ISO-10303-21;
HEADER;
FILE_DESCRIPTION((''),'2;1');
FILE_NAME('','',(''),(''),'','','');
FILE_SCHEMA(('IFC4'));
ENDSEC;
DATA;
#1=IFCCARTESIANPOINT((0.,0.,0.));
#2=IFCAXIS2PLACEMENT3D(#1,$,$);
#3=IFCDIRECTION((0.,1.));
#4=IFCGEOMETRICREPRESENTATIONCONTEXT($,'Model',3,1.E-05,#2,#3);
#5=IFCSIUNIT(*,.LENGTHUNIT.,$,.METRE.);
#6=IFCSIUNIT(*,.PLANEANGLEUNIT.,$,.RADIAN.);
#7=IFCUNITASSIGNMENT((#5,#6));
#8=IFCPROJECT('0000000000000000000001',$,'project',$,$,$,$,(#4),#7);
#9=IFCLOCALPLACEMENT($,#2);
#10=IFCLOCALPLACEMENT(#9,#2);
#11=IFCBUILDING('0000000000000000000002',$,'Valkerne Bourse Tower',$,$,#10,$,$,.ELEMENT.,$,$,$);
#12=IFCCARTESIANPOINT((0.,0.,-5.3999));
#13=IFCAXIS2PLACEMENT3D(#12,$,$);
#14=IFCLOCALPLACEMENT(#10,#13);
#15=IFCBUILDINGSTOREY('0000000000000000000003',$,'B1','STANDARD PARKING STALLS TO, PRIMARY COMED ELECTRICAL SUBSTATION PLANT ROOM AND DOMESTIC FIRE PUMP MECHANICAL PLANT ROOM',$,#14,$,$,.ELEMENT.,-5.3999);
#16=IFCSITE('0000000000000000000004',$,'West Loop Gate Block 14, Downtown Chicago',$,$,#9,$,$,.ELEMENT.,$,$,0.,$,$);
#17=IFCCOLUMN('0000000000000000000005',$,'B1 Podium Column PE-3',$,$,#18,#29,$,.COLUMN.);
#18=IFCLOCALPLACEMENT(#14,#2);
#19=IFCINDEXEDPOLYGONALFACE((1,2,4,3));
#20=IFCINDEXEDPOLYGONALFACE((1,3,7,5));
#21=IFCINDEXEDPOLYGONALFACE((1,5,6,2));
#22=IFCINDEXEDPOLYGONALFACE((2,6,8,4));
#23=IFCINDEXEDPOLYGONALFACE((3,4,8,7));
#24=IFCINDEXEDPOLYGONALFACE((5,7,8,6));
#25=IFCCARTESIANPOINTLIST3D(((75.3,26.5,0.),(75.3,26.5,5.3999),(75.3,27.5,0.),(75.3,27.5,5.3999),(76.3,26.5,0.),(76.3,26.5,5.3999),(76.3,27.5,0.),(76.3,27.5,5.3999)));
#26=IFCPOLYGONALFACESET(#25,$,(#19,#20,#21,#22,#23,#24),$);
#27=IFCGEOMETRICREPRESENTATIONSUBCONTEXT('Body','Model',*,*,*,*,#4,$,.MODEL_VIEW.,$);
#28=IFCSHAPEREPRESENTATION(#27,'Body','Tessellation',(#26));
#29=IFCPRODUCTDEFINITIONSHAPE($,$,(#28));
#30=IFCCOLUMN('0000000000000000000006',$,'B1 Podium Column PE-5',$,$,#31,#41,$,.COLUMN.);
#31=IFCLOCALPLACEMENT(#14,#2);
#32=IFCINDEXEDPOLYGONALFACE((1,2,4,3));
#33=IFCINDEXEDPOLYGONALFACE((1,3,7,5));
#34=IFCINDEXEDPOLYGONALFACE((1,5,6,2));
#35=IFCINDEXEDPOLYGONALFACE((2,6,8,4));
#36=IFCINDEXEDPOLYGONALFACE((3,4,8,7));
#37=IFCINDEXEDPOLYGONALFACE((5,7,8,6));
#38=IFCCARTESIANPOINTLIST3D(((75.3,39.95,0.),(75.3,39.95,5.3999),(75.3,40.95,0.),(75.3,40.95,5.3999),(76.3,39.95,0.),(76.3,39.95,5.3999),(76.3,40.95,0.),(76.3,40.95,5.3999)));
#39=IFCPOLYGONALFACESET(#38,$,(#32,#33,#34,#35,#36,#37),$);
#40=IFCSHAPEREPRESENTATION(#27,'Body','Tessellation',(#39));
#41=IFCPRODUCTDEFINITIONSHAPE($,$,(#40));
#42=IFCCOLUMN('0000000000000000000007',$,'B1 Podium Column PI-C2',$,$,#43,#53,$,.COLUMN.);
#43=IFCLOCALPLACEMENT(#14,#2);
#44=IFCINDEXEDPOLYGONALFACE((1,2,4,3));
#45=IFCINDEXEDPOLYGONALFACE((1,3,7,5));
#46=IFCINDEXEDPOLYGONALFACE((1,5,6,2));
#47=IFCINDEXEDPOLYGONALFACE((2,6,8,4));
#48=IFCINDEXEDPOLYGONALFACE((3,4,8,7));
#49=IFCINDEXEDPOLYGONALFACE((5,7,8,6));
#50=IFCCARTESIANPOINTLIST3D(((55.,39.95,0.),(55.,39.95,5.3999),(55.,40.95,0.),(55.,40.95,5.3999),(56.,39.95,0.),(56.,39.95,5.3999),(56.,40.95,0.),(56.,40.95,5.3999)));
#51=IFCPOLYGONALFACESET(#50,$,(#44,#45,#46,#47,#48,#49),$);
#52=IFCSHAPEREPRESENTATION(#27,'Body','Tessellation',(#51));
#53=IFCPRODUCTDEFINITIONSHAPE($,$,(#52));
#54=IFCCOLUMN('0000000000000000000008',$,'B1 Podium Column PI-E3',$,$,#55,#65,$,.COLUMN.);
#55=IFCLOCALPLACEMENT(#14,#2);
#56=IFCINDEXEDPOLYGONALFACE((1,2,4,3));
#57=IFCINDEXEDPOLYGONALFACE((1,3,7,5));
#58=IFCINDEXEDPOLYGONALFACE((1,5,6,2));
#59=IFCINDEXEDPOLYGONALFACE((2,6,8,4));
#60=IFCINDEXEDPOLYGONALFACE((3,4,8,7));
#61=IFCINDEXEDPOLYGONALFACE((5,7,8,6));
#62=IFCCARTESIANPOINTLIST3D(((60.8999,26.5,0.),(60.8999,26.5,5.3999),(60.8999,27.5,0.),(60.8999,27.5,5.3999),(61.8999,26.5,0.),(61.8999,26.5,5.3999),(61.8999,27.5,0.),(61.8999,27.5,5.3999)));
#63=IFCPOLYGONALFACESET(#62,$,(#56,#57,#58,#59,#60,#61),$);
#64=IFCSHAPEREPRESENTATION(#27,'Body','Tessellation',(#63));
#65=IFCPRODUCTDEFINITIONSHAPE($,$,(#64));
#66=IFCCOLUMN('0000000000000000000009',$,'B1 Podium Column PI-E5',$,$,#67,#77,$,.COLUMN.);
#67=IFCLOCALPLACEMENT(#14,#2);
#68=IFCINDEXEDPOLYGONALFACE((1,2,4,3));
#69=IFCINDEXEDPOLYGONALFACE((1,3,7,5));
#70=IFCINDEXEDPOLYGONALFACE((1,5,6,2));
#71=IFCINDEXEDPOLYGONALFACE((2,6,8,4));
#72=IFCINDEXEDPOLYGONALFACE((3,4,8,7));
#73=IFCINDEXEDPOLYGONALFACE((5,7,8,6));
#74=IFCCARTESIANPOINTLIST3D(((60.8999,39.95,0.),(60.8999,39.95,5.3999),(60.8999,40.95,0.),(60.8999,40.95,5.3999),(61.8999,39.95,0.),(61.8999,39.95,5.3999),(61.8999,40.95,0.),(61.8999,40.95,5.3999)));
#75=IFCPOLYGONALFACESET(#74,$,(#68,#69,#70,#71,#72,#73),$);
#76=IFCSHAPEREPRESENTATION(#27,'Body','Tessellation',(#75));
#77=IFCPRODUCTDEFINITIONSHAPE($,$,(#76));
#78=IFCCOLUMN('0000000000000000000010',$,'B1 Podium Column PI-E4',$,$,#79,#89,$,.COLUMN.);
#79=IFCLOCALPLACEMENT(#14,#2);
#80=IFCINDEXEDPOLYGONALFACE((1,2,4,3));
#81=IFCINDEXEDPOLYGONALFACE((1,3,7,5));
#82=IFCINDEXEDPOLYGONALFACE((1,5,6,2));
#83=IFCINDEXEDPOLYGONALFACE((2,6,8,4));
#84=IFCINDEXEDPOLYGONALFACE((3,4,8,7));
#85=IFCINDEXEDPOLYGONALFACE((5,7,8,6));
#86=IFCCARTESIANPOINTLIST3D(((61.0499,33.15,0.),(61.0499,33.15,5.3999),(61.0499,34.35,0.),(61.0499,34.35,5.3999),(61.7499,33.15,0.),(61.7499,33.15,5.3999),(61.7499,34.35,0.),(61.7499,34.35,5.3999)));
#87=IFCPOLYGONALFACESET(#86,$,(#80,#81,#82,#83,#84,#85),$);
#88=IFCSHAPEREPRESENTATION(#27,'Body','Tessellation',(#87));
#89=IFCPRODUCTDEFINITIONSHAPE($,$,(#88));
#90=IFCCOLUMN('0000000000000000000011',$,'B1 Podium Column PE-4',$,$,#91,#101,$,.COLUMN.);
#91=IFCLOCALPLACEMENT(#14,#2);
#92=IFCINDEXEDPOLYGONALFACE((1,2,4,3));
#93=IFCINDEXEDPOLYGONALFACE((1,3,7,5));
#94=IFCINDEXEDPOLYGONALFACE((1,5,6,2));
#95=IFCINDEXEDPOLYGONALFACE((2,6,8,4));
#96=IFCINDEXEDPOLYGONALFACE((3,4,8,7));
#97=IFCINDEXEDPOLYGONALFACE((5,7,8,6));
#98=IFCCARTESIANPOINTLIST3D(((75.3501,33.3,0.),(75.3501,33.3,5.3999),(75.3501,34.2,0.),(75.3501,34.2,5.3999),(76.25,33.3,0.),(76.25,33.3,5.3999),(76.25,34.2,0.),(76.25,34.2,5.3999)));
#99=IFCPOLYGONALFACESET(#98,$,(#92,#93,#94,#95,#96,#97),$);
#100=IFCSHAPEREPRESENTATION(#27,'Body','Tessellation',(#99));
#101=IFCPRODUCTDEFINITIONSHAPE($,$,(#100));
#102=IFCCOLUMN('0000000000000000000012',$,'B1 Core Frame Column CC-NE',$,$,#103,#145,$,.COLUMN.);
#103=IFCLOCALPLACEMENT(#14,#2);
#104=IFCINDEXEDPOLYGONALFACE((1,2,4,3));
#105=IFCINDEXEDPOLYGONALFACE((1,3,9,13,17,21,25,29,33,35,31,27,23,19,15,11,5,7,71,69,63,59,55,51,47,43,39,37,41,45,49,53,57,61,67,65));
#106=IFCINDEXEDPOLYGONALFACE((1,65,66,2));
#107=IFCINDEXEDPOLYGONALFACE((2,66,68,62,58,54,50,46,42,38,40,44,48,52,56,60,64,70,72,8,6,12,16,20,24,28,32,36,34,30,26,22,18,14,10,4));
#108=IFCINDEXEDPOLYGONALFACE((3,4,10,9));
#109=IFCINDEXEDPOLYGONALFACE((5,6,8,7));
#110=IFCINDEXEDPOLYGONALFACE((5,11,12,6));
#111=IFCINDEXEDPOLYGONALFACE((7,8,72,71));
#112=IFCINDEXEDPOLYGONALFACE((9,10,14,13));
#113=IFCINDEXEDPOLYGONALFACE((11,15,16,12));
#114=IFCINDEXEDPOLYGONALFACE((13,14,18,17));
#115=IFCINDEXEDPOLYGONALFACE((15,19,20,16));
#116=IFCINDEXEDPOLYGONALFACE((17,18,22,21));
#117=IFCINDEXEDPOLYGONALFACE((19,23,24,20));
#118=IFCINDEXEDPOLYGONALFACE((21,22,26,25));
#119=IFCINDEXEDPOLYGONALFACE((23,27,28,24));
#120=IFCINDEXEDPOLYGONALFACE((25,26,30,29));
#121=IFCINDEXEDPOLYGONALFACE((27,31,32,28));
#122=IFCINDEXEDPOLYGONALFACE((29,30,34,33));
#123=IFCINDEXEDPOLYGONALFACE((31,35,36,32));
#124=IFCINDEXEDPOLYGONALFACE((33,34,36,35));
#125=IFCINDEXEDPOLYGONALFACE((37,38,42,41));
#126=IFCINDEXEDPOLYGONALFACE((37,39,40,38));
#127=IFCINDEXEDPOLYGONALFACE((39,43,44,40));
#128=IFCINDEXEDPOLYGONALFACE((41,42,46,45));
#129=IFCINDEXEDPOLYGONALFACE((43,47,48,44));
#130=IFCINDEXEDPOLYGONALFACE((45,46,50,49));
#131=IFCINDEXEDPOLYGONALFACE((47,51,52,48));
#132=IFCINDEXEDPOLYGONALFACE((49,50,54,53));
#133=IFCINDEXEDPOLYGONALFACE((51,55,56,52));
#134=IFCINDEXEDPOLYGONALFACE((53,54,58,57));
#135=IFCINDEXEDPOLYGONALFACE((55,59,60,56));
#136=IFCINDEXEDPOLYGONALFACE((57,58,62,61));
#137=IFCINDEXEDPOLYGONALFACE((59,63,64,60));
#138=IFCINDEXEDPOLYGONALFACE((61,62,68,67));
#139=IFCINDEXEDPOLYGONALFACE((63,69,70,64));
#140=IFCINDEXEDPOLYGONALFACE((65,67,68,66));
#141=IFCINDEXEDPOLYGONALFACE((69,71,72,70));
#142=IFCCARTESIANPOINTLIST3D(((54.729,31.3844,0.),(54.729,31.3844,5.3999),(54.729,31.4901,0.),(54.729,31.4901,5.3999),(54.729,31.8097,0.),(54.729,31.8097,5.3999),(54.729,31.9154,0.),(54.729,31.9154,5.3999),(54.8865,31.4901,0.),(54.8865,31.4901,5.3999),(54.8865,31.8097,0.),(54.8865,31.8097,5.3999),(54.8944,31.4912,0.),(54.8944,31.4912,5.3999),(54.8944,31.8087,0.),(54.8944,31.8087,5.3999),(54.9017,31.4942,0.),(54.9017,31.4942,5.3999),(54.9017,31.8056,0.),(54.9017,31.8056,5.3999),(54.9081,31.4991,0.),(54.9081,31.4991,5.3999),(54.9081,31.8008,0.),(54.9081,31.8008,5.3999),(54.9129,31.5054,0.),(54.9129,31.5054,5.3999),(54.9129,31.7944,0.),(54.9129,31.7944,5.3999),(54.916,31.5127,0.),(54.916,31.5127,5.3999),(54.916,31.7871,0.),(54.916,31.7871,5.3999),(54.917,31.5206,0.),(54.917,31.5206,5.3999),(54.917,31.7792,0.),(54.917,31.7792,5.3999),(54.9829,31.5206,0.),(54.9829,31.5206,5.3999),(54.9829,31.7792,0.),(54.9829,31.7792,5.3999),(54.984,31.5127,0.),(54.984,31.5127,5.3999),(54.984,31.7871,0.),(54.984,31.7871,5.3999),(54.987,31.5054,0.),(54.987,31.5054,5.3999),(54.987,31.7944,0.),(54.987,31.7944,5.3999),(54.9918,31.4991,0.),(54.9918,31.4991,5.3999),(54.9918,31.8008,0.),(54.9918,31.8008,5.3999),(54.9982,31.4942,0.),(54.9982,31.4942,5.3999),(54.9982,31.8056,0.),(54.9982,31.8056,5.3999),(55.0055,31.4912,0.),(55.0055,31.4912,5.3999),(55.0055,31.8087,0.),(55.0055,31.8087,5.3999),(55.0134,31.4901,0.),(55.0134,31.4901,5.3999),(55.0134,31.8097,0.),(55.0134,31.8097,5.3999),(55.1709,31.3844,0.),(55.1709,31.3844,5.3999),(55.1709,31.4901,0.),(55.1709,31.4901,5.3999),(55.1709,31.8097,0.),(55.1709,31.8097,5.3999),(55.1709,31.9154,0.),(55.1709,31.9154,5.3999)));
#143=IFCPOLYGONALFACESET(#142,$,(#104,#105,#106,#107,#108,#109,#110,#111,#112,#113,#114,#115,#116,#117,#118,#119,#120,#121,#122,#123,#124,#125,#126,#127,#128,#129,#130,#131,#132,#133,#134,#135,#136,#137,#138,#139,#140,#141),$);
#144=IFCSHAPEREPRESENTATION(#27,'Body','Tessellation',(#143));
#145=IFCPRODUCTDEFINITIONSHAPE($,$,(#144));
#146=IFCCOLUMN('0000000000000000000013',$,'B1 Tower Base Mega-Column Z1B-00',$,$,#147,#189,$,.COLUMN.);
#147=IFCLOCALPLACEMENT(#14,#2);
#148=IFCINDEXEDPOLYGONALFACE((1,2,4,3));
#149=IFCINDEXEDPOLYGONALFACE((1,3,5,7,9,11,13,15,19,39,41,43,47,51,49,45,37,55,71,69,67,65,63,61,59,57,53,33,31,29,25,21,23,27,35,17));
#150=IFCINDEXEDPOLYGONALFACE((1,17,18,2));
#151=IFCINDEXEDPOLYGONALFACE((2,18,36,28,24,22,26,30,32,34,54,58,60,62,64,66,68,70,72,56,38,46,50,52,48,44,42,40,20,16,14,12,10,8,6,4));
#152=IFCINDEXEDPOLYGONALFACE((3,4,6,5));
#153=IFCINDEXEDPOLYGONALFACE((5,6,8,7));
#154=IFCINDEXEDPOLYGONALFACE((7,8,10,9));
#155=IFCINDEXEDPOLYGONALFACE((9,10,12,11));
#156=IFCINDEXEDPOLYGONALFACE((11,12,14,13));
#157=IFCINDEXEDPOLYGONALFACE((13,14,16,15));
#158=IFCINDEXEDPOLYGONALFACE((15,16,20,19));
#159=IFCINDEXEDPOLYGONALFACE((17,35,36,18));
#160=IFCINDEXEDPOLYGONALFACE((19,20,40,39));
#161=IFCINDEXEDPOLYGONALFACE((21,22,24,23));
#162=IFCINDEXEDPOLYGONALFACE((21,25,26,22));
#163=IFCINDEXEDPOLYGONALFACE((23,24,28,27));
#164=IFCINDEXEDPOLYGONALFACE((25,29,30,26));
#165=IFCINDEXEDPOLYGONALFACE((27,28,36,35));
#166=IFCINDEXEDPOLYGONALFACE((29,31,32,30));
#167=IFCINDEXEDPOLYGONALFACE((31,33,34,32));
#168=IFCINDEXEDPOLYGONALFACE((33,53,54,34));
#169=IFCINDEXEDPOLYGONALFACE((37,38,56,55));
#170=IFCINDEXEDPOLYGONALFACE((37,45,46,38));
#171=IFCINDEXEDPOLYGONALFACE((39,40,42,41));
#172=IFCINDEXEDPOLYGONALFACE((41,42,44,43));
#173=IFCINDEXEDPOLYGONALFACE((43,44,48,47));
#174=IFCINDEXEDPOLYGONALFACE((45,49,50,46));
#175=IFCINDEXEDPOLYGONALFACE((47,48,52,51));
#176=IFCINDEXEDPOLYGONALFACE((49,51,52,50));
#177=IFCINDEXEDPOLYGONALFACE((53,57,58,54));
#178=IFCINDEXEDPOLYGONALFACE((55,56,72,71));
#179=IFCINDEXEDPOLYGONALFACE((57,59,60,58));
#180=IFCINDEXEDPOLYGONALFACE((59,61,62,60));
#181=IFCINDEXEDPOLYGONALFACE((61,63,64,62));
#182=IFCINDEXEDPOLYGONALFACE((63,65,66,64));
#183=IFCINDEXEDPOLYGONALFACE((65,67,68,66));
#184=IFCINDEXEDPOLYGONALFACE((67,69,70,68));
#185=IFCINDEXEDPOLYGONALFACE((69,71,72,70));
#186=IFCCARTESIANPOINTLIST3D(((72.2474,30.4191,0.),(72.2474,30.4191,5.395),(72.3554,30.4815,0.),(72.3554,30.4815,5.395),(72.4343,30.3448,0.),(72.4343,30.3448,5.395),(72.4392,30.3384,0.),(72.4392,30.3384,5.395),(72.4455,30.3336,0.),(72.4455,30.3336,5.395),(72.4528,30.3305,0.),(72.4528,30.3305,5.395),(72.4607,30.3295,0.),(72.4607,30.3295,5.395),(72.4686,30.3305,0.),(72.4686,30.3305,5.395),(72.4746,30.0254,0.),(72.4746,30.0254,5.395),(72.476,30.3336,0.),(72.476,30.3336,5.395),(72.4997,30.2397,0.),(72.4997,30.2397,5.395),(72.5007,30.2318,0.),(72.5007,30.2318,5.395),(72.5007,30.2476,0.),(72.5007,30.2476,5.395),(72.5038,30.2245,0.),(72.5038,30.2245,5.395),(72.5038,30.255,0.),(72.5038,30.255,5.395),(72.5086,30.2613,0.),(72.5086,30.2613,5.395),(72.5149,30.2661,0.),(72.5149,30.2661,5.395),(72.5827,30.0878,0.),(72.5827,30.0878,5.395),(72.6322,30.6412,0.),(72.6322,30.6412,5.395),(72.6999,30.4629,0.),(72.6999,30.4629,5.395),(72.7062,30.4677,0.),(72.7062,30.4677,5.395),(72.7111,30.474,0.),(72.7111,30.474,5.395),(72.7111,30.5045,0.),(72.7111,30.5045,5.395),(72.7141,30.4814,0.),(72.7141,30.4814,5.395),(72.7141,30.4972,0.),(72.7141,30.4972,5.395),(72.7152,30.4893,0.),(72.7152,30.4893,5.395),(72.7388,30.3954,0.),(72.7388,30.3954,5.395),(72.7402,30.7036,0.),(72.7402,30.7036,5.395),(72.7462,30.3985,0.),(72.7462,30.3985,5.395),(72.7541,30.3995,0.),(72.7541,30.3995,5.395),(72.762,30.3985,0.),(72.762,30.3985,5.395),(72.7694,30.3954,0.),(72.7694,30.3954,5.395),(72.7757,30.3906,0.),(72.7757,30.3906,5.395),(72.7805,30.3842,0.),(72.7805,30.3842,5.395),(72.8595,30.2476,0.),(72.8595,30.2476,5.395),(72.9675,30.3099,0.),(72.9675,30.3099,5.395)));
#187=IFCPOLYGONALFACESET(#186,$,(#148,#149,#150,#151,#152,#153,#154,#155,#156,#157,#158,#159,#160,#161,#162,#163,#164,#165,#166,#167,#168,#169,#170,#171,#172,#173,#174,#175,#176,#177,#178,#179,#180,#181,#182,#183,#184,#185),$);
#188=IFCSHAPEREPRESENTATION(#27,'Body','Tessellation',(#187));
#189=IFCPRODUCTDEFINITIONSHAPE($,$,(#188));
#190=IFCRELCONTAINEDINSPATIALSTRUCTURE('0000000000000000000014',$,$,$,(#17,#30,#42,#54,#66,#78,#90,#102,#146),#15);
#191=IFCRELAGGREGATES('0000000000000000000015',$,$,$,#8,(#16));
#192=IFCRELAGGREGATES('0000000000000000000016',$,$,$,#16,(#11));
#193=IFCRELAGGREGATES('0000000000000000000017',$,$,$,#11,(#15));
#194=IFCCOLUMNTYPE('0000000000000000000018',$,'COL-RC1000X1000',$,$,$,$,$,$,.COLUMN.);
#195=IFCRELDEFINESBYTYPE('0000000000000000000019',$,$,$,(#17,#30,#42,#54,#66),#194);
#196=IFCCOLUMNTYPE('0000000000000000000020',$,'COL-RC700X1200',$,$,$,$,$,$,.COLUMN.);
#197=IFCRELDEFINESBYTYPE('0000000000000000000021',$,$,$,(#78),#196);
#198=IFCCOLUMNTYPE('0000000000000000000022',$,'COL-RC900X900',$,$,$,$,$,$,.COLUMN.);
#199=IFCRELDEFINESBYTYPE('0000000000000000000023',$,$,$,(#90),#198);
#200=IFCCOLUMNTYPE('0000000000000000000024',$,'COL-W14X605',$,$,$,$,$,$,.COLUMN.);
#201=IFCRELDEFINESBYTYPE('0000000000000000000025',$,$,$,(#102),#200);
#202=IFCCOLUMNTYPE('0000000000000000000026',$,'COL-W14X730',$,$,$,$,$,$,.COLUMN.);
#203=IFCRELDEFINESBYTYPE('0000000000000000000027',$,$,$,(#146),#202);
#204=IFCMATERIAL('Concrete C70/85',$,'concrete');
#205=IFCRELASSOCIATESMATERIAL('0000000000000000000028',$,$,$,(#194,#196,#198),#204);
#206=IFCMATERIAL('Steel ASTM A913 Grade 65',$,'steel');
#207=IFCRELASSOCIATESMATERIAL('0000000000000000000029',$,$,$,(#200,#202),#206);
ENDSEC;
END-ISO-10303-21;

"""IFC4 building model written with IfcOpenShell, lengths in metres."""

from ifc_helpers import new_model, si_unit, direction, frame, origin, origin_2d, place, context, subcontext, project, spatial, rectangle, i_section, extrude, material, material_profile, profile_set, type_object, element, save


model = new_model("IFC4")

# Units and contexts
model_context = context("Model", 3, precision=1e-05, world=origin(), true_north=direction((0.0, 1.0)))
body_context = subcontext(model_context, "Body", "Model", "MODEL_VIEW")
ifc_project = project(units=[si_unit("LENGTHUNIT", "METRE"), si_unit("PLANEANGLEUNIT", "RADIAN")], contexts=[model_context])

# Site, building, storey
site_placement = place(None, origin())
site = spatial("IfcSite", under=ifc_project, at=site_placement, Name="West Loop Gate Block 14, Downtown Chicago", CompositionType="ELEMENT", RefElevation=0.0)
building_placement = place(site_placement, origin())
building = spatial("IfcBuilding", under=site, at=building_placement, Name="Valkerne Bourse Tower", CompositionType="ELEMENT")
storey_placement = place(building_placement, frame((0.0, 0.0, -5.3999)))
storey = spatial("IfcBuildingStorey", under=building, at=storey_placement, Name="B1", Description="STANDARD PARKING STALLS TO, PRIMARY COMED ELECTRICAL SUBSTATION PLANT ROOM AND DOMESTIC FIRE PUMP MECHANICAL PLANT ROOM", CompositionType="ELEMENT", Elevation=-5.3999)

# Columns
ifc_material_1 = material(Name="Concrete C70/85", Category="concrete")
ifc_material_profile_1 = material_profile(ifc_material_1, rectangle(XDim=1.0, YDim=1.0, at=origin_2d()), Name="RC1000X1000")
ifc_profile_set_1 = profile_set([ifc_material_profile_1], Name="Concrete C70/85")
column_type_1 = type_object("IfcColumnType", Name="COL-RC1000X1000", PredefinedType="COLUMN", material=ifc_profile_set_1)
for number, where, z_axis, x_axis, name in (
    (1, (75.8, 27.0, 0.0), (0.0, 0.0, 1.0), (1.0, 0.0, 0.0), "B1 Podium Column PE-3"),
    (2, (75.8, 40.45, 0.0), (0.0, 0.0, 1.0), (1.0, 0.0, 0.0), "B1 Podium Column PE-5"),
    (3, (55.5, 40.45, 0.0), (0.0, 0.0, 1.0), (1.0, 0.0, 0.0), "B1 Podium Column PI-C2"),
    (4, (61.3999, 27.0, 0.0), (0.0, 0.0, 1.0), (1.0, 0.0, 0.0), "B1 Podium Column PI-E3"),
    (5, (61.3999, 40.45, 0.0), (0.0, 0.0, 1.0), (1.0, 0.0, 0.0), "B1 Podium Column PI-E5"),
):
    element("IfcColumn", number, at=place(storey_placement, frame(where, z_axis=z_axis, x_axis=x_axis)), inside=storey, type_object=column_type_1, Name=name, PredefinedType="COLUMN", context=body_context, shape_type="SweptSolid", body=[
        extrude(rectangle(XDim=1.0, YDim=1.0, at=origin_2d()), origin(), (0.0, 0.0, 1.0), 5.3999),
    ])
ifc_material_profile_2 = material_profile(ifc_material_1, rectangle(XDim=0.7, YDim=1.2, at=origin_2d()), Name="RC700X1200")
ifc_profile_set_2 = profile_set([ifc_material_profile_2], Name="Concrete C70/85")
column_type_2 = type_object("IfcColumnType", Name="COL-RC700X1200", PredefinedType="COLUMN", material=ifc_profile_set_2)
column_1_placement = place(storey_placement, frame((61.3999, 33.75, 0.0), z_axis=(0.0, 0.0, 1.0), x_axis=(1.0, 0.0, 0.0)))
element("IfcColumn", 6, at=column_1_placement, inside=storey, type_object=column_type_2, Name="B1 Podium Column PI-E4", PredefinedType="COLUMN", context=body_context, shape_type="SweptSolid", body=[
    extrude(rectangle(XDim=0.7, YDim=1.2, at=origin_2d()), origin(), (0.0, 0.0, 1.0), 5.3999),
])
ifc_material_profile_3 = material_profile(ifc_material_1, rectangle(XDim=0.8999, YDim=0.8999, at=origin_2d()), Name="RC900X900")
ifc_profile_set_3 = profile_set([ifc_material_profile_3], Name="Concrete C70/85")
column_type_3 = type_object("IfcColumnType", Name="COL-RC900X900", PredefinedType="COLUMN", material=ifc_profile_set_3)
column_2_placement = place(storey_placement, frame((75.8, 33.75, 0.0), z_axis=(0.0, 0.0, 1.0), x_axis=(1.0, 0.0, 0.0)))
element("IfcColumn", 7, at=column_2_placement, inside=storey, type_object=column_type_3, Name="B1 Podium Column PE-4", PredefinedType="COLUMN", context=body_context, shape_type="SweptSolid", body=[
    extrude(rectangle(XDim=0.8999, YDim=0.8999, at=origin_2d()), origin(), (0.0, 0.0, 1.0), 5.3999),
])
ifc_material_2 = material(Name="Steel ASTM A913 Grade 65", Category="steel")
ifc_material_profile_4 = material_profile(ifc_material_2, i_section(OverallWidth=0.4419, OverallDepth=0.531, WebThickness=0.0659, FlangeThickness=0.1057, FilletRadius=0.0305, at=origin_2d()), Name="W14X605")
ifc_profile_set_4 = profile_set([ifc_material_profile_4], Name="Steel ASTM A913 Grade 65")
column_type_4 = type_object("IfcColumnType", Name="COL-W14X605", PredefinedType="COLUMN", material=ifc_profile_set_4)
column_3_placement = place(storey_placement, frame((54.95, 31.6499, 0.0), z_axis=(0.0, 0.0, 1.0), x_axis=(1.0, 0.0, 0.0)))
element("IfcColumn", 8, at=column_3_placement, inside=storey, type_object=column_type_4, Name="B1 Core Frame Column CC-NE", PredefinedType="COLUMN", context=body_context, shape_type="SweptSolid", body=[
    extrude(i_section(OverallWidth=0.4419, OverallDepth=0.531, WebThickness=0.0659, FlangeThickness=0.1057, FilletRadius=0.0305, at=origin_2d()), origin(), (0.0, 0.0, 1.0), 5.3999),
])
ifc_material_profile_5 = material_profile(ifc_material_2, i_section(OverallWidth=0.4546, OverallDepth=0.5691, WebThickness=0.0779, FlangeThickness=0.1248, FilletRadius=0.0305, at=origin_2d()), Name="W14X730")
ifc_profile_set_5 = profile_set([ifc_material_profile_5], Name="Steel ASTM A913 Grade 65")
column_type_5 = type_object("IfcColumnType", Name="COL-W14X730", PredefinedType="COLUMN", material=ifc_profile_set_5)
for number, where, z_axis, x_axis, name in (
    (9, (72.6074, 30.3645, 0.0), (0.0, 0.0, 1.0), (-0.5, 0.866025, 0.0), "B1 Tower Base Mega-Column Z1B-00"),
):
    element("IfcColumn", number, at=place(storey_placement, frame(where, z_axis=z_axis, x_axis=x_axis)), inside=storey, type_object=column_type_5, Name=name, PredefinedType="COLUMN", context=body_context, shape_type="SweptSolid", body=[
        extrude(i_section(OverallWidth=0.4546, OverallDepth=0.5691, WebThickness=0.0779, FlangeThickness=0.1248, FilletRadius=0.0305, at=origin_2d()), origin(), (0.0, 0.0, 1.0), 5.395),
    ])

save(model, "model.ifc")
